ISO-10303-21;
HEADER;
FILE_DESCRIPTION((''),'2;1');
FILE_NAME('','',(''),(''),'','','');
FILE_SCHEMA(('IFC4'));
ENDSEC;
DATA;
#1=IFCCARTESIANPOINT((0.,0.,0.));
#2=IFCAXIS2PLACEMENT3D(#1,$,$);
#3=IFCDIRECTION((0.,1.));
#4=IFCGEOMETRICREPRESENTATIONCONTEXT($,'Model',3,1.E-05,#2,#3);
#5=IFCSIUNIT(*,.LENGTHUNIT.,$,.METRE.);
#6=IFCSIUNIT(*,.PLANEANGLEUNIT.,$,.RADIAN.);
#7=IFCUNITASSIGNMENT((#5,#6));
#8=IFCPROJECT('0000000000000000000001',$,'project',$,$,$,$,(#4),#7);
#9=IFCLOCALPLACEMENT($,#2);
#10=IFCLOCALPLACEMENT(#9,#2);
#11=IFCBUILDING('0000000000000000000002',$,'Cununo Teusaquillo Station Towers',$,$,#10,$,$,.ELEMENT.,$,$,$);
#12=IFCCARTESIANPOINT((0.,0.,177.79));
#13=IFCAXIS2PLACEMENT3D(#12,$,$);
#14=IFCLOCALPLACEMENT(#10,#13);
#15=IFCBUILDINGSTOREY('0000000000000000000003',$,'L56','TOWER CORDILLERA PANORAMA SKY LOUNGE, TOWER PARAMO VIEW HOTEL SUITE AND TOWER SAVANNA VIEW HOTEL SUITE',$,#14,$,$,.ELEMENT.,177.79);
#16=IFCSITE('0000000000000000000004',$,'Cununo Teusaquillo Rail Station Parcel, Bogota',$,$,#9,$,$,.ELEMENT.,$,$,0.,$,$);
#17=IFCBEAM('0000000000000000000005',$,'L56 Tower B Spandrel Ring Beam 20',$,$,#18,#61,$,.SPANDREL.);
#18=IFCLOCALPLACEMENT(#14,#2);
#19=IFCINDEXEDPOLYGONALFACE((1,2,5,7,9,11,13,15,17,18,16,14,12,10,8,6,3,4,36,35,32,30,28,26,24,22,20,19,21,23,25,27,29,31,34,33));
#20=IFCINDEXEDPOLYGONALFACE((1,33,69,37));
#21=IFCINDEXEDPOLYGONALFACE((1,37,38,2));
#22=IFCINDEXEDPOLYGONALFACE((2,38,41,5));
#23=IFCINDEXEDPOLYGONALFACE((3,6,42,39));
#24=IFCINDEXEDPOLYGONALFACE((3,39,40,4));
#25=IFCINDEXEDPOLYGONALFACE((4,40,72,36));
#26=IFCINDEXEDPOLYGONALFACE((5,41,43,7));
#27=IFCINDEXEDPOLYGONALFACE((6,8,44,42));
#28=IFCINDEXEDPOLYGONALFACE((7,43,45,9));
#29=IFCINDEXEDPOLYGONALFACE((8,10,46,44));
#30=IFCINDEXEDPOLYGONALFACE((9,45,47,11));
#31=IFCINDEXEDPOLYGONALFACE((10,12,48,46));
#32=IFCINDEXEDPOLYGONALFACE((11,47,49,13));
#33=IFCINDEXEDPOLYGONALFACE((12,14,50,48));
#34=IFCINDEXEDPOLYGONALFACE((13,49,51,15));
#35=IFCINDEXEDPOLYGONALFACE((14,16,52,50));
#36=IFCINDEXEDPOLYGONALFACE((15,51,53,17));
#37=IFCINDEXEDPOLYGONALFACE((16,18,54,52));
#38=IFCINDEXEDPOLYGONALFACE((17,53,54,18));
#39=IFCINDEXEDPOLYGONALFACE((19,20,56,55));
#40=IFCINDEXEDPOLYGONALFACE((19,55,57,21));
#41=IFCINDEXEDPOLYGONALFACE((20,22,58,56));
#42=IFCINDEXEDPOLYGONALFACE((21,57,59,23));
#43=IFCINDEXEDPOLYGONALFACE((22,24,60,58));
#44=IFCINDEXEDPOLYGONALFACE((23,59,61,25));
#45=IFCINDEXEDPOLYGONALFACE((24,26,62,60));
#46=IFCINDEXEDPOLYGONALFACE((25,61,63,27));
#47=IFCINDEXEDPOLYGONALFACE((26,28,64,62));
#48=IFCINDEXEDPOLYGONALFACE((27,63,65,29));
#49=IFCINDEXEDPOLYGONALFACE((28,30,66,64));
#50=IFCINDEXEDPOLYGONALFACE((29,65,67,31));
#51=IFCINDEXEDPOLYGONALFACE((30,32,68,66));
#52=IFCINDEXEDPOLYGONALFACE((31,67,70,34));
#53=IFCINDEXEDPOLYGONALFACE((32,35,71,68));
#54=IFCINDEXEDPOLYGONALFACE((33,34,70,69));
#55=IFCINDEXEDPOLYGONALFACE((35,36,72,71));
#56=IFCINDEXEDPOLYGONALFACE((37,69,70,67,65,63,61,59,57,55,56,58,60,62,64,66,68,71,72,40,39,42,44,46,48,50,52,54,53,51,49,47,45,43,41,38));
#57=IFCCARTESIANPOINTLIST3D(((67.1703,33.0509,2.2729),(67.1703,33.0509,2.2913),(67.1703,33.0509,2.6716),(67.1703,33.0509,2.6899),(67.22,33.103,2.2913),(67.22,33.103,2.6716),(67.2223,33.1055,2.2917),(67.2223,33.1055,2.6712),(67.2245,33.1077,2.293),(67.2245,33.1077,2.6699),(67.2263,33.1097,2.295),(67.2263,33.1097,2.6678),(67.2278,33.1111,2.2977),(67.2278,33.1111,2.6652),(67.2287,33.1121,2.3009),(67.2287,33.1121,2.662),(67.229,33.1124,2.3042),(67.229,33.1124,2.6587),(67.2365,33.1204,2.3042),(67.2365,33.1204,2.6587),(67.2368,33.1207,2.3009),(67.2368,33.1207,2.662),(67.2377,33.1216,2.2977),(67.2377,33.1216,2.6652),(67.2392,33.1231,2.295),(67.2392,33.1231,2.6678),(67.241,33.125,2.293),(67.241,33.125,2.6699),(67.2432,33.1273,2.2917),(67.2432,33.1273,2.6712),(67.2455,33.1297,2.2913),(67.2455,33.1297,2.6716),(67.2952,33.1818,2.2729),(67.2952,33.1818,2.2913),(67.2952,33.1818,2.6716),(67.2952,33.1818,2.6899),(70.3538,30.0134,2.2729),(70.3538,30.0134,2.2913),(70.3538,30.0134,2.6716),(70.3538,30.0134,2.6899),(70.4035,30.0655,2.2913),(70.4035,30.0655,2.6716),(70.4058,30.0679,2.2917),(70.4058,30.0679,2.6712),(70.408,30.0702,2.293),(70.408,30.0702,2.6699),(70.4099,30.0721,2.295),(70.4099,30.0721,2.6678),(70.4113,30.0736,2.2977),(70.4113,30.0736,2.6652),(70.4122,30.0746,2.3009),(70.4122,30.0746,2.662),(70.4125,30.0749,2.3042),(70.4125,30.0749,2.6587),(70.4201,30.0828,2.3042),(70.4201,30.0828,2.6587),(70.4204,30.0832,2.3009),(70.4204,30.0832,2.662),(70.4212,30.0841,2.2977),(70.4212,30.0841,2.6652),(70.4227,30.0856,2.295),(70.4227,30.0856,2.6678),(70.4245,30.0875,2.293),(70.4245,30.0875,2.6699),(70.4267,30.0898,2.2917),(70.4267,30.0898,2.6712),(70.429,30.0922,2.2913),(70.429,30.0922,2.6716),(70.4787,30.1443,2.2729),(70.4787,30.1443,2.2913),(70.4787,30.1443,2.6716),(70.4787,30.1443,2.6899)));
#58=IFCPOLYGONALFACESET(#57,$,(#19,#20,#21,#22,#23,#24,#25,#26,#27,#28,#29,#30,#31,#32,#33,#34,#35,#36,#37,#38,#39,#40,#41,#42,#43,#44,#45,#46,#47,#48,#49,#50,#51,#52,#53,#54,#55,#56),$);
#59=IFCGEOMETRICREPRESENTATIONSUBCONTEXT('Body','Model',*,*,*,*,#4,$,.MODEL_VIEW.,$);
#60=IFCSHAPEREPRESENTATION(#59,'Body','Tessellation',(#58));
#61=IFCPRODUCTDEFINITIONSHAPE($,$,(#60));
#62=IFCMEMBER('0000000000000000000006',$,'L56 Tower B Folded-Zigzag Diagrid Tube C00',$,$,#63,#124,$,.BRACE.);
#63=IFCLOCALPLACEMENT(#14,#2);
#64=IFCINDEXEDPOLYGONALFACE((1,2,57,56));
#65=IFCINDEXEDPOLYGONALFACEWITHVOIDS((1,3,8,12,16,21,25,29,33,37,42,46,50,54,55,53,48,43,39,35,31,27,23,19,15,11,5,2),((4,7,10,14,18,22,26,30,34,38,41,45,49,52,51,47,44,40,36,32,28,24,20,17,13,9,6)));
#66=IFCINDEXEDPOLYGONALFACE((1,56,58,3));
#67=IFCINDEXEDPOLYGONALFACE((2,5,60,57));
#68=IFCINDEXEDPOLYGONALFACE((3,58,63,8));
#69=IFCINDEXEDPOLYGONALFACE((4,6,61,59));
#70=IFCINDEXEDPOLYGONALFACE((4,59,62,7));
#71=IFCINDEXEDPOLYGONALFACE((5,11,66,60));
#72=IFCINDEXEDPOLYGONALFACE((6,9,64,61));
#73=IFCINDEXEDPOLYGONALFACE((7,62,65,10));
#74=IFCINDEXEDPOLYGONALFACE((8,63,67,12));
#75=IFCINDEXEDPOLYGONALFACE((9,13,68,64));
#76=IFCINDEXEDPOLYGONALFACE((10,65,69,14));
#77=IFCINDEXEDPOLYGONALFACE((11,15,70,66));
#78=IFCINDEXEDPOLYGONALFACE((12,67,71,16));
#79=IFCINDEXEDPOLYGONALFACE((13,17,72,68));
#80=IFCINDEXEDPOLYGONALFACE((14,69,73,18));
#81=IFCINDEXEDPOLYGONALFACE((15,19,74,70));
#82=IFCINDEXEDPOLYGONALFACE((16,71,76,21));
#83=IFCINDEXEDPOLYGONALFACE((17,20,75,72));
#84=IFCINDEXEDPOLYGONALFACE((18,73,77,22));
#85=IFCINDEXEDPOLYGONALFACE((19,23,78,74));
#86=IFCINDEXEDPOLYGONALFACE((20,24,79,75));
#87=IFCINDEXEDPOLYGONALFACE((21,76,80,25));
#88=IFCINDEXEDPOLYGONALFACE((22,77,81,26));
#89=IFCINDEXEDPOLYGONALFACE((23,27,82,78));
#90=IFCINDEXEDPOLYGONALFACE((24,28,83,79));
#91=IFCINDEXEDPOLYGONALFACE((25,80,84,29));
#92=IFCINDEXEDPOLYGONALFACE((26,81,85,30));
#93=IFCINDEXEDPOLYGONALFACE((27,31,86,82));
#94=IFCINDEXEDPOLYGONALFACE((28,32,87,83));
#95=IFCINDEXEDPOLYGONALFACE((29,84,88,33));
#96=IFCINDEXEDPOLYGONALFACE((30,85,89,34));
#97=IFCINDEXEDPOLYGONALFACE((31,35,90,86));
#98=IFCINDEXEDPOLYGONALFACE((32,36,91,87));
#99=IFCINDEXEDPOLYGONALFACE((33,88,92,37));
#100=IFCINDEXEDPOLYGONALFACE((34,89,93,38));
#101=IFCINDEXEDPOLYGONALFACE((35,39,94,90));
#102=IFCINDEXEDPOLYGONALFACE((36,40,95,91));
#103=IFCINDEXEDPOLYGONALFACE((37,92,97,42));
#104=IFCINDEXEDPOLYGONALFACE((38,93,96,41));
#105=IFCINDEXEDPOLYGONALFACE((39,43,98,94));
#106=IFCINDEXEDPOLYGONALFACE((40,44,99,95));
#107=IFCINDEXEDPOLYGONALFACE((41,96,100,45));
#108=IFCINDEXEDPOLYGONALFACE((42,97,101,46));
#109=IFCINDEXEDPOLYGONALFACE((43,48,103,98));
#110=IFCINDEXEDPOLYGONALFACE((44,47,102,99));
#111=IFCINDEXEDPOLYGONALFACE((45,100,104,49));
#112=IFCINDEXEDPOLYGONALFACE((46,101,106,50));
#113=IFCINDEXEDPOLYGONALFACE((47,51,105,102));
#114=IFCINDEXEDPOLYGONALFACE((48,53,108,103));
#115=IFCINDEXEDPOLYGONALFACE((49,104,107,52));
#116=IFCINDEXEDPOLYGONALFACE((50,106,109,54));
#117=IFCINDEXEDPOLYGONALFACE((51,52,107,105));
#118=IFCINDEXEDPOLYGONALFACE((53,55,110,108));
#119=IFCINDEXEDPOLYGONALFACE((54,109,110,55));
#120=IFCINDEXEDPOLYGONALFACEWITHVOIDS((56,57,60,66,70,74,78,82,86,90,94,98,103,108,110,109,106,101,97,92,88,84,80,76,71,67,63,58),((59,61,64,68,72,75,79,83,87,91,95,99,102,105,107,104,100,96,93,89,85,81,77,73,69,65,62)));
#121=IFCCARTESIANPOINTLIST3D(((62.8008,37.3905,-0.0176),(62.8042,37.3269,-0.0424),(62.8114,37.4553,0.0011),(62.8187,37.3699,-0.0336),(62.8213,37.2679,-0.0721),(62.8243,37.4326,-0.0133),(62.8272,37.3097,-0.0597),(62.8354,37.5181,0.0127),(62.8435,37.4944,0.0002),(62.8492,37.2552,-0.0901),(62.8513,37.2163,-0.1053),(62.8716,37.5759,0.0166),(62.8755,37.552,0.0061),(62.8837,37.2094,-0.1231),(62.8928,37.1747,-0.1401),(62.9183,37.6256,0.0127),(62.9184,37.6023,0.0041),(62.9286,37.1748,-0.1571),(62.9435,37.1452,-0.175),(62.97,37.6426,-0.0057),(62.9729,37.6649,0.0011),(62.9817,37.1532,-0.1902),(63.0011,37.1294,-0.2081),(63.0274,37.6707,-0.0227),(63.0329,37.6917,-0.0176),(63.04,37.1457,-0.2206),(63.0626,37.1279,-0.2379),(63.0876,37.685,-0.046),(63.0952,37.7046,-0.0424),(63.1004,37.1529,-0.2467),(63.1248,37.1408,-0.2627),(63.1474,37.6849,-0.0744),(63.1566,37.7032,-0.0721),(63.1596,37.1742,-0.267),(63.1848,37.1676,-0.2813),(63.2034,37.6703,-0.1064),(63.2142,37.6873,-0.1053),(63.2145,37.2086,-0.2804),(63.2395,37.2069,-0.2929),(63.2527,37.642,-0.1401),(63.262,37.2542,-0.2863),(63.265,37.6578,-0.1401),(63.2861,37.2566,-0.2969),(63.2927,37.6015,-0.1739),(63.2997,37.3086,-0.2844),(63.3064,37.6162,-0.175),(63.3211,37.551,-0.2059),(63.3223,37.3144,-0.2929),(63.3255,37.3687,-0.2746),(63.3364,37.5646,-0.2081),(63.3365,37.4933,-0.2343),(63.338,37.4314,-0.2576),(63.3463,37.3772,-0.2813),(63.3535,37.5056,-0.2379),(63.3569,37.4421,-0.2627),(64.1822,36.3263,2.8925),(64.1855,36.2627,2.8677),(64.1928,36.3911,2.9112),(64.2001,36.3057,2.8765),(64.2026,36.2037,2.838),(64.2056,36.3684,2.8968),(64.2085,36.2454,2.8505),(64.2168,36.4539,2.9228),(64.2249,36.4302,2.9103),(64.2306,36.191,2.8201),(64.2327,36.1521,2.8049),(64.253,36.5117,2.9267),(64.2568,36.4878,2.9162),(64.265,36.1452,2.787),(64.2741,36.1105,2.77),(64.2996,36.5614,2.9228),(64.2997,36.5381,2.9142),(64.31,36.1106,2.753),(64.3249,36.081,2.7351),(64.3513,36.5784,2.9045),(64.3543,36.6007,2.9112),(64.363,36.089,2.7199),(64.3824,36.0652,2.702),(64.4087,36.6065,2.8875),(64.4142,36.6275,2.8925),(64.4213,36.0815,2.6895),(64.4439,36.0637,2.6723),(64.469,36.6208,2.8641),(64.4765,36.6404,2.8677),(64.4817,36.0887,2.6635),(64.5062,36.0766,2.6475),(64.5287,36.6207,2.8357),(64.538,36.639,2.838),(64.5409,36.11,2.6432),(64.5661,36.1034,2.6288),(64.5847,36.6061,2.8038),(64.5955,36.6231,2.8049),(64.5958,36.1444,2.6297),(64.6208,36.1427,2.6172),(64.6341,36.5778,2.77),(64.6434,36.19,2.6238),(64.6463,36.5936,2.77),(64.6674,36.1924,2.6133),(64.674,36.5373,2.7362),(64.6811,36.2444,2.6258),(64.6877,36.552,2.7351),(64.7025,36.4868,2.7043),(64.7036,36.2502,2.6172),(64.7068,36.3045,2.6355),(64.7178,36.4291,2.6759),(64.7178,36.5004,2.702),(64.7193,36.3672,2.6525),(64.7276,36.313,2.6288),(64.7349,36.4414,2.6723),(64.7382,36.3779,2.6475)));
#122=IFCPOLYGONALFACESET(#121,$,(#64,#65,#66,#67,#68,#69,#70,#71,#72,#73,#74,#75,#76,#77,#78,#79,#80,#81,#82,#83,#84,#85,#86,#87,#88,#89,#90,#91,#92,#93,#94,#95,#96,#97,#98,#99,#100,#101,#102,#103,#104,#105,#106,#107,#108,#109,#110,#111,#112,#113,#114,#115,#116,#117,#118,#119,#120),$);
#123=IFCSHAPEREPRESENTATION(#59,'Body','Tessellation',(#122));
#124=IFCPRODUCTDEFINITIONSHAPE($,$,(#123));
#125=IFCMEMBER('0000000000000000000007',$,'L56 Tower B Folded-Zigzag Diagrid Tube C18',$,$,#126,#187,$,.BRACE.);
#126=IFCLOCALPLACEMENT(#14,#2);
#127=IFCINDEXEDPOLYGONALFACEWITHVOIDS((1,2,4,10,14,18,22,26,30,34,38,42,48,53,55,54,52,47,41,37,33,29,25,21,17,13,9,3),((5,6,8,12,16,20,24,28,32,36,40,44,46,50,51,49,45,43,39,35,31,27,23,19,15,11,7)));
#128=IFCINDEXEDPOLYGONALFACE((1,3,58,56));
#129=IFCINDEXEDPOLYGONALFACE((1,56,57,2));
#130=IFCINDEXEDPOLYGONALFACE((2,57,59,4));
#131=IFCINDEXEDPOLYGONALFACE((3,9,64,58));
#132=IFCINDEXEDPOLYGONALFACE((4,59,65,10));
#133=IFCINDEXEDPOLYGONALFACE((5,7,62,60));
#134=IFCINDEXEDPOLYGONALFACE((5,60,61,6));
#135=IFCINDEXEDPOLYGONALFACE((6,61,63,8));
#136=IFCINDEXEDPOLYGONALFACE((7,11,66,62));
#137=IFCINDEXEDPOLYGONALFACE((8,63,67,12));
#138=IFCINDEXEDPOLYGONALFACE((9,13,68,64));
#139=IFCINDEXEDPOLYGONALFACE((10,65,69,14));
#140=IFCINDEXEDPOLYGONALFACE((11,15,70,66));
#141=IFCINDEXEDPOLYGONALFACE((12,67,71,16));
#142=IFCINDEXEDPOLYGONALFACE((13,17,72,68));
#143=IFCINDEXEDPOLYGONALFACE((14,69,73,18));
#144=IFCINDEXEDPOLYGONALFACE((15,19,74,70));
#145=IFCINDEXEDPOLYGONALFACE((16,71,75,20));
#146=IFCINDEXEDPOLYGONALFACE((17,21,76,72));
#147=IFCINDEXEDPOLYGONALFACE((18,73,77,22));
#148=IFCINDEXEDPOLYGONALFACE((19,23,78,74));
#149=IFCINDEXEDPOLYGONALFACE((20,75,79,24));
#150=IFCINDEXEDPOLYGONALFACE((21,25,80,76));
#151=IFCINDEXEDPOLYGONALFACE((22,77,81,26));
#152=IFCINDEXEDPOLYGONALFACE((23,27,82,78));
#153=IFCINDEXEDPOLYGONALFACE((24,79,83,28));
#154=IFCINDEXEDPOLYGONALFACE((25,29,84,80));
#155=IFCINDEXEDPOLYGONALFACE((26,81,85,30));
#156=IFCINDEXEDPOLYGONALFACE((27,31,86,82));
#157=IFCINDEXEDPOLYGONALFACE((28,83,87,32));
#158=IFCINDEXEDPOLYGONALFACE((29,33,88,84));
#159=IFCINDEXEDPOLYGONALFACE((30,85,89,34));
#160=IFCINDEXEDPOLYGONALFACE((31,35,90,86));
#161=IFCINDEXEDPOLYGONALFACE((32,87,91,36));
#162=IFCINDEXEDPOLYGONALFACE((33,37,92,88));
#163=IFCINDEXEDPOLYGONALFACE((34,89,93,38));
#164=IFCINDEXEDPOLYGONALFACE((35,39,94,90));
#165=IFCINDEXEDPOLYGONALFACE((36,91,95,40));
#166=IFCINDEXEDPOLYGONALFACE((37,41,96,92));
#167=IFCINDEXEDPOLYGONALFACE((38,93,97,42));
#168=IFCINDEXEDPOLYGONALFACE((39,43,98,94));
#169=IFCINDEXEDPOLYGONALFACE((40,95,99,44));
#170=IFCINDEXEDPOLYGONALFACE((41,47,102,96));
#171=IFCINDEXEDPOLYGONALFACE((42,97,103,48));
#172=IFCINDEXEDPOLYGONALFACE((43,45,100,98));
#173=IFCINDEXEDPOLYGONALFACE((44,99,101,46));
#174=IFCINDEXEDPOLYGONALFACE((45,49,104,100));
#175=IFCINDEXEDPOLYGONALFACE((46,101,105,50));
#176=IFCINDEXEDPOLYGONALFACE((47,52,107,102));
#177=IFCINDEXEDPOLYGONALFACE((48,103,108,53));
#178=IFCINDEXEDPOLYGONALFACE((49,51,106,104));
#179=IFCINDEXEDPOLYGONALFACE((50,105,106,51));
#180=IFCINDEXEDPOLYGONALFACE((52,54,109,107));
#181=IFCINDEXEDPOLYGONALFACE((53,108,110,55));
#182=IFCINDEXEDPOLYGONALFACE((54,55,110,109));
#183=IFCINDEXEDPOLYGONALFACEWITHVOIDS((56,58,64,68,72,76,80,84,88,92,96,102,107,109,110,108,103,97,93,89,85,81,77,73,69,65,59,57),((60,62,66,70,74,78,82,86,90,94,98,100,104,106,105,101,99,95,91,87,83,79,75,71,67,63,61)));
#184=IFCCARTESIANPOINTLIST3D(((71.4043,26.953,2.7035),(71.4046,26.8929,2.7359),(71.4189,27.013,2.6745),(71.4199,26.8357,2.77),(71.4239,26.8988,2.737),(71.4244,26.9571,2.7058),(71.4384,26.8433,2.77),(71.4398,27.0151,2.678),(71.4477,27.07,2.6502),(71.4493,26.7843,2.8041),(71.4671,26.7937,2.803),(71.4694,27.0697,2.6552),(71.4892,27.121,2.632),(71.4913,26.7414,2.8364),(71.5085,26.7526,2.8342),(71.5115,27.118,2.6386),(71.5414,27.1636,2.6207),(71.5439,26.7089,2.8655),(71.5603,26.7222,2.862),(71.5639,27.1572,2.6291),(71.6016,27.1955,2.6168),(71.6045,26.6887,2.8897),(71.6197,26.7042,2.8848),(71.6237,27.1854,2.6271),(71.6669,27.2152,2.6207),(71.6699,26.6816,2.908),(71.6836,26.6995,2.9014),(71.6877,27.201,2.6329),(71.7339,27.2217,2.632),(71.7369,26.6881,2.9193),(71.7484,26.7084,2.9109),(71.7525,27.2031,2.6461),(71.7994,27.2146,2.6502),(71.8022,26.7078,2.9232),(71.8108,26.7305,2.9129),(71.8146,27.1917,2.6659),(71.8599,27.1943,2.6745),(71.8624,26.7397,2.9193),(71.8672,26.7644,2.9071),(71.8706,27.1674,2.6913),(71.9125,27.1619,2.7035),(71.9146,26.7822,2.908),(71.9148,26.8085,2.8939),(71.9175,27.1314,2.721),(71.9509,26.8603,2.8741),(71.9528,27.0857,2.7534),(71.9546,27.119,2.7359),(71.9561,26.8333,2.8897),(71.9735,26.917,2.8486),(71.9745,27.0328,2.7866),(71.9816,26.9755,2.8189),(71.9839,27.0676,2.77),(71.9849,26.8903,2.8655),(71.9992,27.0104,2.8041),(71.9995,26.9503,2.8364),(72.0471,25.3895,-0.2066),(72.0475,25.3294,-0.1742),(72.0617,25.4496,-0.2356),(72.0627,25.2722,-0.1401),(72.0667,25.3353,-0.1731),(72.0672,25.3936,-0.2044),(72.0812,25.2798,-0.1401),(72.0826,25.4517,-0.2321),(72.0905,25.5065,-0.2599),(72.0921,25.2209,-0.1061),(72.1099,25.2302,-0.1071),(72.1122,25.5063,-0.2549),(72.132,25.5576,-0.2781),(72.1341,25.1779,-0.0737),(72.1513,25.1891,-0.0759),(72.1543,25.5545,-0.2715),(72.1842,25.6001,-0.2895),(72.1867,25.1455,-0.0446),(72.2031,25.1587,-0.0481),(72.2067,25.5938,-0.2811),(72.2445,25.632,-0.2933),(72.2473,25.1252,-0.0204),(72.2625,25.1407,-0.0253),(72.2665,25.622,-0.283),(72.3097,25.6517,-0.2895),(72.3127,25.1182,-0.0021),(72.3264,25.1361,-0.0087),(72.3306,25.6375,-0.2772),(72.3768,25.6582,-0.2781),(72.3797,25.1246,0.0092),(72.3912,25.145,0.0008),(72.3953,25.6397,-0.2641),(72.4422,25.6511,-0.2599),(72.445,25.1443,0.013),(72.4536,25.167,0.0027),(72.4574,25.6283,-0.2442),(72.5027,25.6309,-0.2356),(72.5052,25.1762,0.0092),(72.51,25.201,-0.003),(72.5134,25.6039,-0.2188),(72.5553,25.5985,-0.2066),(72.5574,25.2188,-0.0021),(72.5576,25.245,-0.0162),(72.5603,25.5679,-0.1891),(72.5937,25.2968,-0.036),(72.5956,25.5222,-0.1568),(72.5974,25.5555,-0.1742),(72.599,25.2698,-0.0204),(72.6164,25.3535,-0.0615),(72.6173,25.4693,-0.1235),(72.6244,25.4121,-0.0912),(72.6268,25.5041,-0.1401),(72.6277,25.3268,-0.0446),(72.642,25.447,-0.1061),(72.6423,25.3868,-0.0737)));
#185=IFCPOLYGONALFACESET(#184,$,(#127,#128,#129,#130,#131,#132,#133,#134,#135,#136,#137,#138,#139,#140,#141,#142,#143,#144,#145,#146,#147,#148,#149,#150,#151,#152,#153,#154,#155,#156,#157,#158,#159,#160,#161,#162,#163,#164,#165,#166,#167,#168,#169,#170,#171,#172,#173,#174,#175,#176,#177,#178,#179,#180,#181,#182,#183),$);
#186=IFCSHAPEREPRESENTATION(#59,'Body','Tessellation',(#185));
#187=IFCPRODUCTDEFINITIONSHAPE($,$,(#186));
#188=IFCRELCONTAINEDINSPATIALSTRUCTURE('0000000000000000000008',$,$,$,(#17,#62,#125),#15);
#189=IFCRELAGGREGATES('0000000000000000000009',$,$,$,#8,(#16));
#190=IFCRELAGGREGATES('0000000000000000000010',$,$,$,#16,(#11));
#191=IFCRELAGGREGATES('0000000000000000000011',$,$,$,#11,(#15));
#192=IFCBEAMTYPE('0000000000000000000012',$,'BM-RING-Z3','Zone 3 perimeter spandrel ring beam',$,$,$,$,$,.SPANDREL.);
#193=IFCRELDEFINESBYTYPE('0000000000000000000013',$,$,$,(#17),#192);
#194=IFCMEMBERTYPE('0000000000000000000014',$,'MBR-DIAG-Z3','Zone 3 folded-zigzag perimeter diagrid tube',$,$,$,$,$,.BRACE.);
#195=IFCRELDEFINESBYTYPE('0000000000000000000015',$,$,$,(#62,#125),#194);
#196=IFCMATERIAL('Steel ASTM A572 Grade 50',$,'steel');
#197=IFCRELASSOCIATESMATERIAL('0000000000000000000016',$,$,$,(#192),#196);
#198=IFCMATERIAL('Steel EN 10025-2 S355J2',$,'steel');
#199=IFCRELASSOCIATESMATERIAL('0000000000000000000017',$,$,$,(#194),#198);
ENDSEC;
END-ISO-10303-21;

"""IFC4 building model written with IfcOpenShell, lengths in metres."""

from ifc_helpers import new_model, si_unit, direction, frame, origin, origin_2d, place, context, subcontext, project, spatial, hollow_circle, i_section, extrude, material, material_profile, profile_set, type_object, element, save


model = new_model("IFC4")

# Units and contexts
model_context = context("Model", 3, precision=1e-05, world=origin(), true_north=direction((0.0, 1.0)))
body_context = subcontext(model_context, "Body", "Model", "MODEL_VIEW")
ifc_project = project(units=[si_unit("LENGTHUNIT", "METRE"), si_unit("PLANEANGLEUNIT", "RADIAN")], contexts=[model_context])

# Site, building, storey
site_placement = place(None, origin())
site = spatial("IfcSite", under=ifc_project, at=site_placement, Name="Cununo Teusaquillo Rail Station Parcel, Bogota", CompositionType="ELEMENT", RefElevation=0.0)
building_placement = place(site_placement, origin())
building = spatial("IfcBuilding", under=site, at=building_placement, Name="Cununo Teusaquillo Station Towers", CompositionType="ELEMENT")
storey_placement = place(building_placement, frame((0.0, 0.0, 177.79)))
storey = spatial("IfcBuildingStorey", under=building, at=storey_placement, Name="L56", Description="TOWER CORDILLERA PANORAMA SKY LOUNGE, TOWER PARAMO VIEW HOTEL SUITE AND TOWER SAVANNA VIEW HOTEL SUITE", CompositionType="ELEMENT", Elevation=177.79)

# Beam
ifc_material_1 = material(Name="Steel ASTM A572 Grade 50", Category="steel")
ifc_material_profile_1 = material_profile(ifc_material_1, i_section(OverallWidth=0.1809, OverallDepth=0.417, WebThickness=0.011, FlangeThickness=0.0183, FilletRadius=0.0129, at=origin_2d()), Name="W16X57")
ifc_profile_set_1 = profile_set([ifc_material_profile_1], Name="Steel ASTM A572 Grade 50")
beam_type_1 = type_object("IfcBeamType", Name="BM-RING-Z3", Description="Zone 3 perimeter spandrel ring beam", PredefinedType="SPANDREL", material=ifc_profile_set_1)
beam_1_placement = place(storey_placement, frame((70.4163, 30.0789, 2.4814), z_axis=(-0.723502, 0.690323, 0.0), x_axis=(-0.690323, -0.723502, 0.0)))
element("IfcBeam", 1, at=beam_1_placement, inside=storey, type_object=beam_type_1, Name="L56 Tower B Spandrel Ring Beam 20", PredefinedType="SPANDREL", context=body_context, shape_type="SweptSolid", body=[
    extrude(i_section(OverallWidth=0.1809, OverallDepth=0.417, WebThickness=0.011, FlangeThickness=0.0183, FilletRadius=0.0129, at=origin_2d()), origin(), (0.0, 0.0, 1.0), 4.4001),
])

# Members
ifc_material_2 = material(Name="Steel EN 10025-2 S355J2", Category="steel")
ifc_material_profile_2 = material_profile(ifc_material_2, hollow_circle(Radius=0.3049, WallThickness=0.02, at=origin_2d()), Name="CHS 610x20")
ifc_profile_set_2 = profile_set([ifc_material_profile_2], Name="Steel EN 10025-2 S355J2")
member_type = type_object("IfcMemberType", Name="MBR-DIAG-Z3", Description="Zone 3 folded-zigzag perimeter diagrid tube", PredefinedType="BRACE", material=ifc_profile_set_2)
member_1_placement = place(storey_placement, frame((63.0789, 37.4163, -0.1401), z_axis=(0.407166, -0.313686, 0.857798), x_axis=(0.610299, 0.792171, 0.0)))
element("IfcMember", 2, at=member_1_placement, inside=storey, type_object=member_type, Name="L56 Tower B Folded-Zigzag Diagrid Tube C00", PredefinedType="BRACE", context=body_context, shape_type="SweptSolid", body=[
    extrude(hollow_circle(Radius=0.3049, WallThickness=0.02, at=origin_2d()), origin(), (0.0, 0.0, 1.0), 3.3926),
])
member_2_placement = place(storey_placement, frame((72.3447, 25.3882, -0.1401), z_axis=(-0.191003, 0.464558, 0.864699), x_axis=(-0.924878, -0.380263, 0.0)))
element("IfcMember", 3, at=member_2_placement, inside=storey, type_object=member_type, Name="L56 Tower B Folded-Zigzag Diagrid Tube C18", PredefinedType="BRACE", context=body_context, shape_type="SweptSolid", body=[
    extrude(hollow_circle(Radius=0.3049, WallThickness=0.02, at=origin_2d()), origin(), (0.0, 0.0, 1.0), 3.3655),
])

save(model, "model.ifc")
